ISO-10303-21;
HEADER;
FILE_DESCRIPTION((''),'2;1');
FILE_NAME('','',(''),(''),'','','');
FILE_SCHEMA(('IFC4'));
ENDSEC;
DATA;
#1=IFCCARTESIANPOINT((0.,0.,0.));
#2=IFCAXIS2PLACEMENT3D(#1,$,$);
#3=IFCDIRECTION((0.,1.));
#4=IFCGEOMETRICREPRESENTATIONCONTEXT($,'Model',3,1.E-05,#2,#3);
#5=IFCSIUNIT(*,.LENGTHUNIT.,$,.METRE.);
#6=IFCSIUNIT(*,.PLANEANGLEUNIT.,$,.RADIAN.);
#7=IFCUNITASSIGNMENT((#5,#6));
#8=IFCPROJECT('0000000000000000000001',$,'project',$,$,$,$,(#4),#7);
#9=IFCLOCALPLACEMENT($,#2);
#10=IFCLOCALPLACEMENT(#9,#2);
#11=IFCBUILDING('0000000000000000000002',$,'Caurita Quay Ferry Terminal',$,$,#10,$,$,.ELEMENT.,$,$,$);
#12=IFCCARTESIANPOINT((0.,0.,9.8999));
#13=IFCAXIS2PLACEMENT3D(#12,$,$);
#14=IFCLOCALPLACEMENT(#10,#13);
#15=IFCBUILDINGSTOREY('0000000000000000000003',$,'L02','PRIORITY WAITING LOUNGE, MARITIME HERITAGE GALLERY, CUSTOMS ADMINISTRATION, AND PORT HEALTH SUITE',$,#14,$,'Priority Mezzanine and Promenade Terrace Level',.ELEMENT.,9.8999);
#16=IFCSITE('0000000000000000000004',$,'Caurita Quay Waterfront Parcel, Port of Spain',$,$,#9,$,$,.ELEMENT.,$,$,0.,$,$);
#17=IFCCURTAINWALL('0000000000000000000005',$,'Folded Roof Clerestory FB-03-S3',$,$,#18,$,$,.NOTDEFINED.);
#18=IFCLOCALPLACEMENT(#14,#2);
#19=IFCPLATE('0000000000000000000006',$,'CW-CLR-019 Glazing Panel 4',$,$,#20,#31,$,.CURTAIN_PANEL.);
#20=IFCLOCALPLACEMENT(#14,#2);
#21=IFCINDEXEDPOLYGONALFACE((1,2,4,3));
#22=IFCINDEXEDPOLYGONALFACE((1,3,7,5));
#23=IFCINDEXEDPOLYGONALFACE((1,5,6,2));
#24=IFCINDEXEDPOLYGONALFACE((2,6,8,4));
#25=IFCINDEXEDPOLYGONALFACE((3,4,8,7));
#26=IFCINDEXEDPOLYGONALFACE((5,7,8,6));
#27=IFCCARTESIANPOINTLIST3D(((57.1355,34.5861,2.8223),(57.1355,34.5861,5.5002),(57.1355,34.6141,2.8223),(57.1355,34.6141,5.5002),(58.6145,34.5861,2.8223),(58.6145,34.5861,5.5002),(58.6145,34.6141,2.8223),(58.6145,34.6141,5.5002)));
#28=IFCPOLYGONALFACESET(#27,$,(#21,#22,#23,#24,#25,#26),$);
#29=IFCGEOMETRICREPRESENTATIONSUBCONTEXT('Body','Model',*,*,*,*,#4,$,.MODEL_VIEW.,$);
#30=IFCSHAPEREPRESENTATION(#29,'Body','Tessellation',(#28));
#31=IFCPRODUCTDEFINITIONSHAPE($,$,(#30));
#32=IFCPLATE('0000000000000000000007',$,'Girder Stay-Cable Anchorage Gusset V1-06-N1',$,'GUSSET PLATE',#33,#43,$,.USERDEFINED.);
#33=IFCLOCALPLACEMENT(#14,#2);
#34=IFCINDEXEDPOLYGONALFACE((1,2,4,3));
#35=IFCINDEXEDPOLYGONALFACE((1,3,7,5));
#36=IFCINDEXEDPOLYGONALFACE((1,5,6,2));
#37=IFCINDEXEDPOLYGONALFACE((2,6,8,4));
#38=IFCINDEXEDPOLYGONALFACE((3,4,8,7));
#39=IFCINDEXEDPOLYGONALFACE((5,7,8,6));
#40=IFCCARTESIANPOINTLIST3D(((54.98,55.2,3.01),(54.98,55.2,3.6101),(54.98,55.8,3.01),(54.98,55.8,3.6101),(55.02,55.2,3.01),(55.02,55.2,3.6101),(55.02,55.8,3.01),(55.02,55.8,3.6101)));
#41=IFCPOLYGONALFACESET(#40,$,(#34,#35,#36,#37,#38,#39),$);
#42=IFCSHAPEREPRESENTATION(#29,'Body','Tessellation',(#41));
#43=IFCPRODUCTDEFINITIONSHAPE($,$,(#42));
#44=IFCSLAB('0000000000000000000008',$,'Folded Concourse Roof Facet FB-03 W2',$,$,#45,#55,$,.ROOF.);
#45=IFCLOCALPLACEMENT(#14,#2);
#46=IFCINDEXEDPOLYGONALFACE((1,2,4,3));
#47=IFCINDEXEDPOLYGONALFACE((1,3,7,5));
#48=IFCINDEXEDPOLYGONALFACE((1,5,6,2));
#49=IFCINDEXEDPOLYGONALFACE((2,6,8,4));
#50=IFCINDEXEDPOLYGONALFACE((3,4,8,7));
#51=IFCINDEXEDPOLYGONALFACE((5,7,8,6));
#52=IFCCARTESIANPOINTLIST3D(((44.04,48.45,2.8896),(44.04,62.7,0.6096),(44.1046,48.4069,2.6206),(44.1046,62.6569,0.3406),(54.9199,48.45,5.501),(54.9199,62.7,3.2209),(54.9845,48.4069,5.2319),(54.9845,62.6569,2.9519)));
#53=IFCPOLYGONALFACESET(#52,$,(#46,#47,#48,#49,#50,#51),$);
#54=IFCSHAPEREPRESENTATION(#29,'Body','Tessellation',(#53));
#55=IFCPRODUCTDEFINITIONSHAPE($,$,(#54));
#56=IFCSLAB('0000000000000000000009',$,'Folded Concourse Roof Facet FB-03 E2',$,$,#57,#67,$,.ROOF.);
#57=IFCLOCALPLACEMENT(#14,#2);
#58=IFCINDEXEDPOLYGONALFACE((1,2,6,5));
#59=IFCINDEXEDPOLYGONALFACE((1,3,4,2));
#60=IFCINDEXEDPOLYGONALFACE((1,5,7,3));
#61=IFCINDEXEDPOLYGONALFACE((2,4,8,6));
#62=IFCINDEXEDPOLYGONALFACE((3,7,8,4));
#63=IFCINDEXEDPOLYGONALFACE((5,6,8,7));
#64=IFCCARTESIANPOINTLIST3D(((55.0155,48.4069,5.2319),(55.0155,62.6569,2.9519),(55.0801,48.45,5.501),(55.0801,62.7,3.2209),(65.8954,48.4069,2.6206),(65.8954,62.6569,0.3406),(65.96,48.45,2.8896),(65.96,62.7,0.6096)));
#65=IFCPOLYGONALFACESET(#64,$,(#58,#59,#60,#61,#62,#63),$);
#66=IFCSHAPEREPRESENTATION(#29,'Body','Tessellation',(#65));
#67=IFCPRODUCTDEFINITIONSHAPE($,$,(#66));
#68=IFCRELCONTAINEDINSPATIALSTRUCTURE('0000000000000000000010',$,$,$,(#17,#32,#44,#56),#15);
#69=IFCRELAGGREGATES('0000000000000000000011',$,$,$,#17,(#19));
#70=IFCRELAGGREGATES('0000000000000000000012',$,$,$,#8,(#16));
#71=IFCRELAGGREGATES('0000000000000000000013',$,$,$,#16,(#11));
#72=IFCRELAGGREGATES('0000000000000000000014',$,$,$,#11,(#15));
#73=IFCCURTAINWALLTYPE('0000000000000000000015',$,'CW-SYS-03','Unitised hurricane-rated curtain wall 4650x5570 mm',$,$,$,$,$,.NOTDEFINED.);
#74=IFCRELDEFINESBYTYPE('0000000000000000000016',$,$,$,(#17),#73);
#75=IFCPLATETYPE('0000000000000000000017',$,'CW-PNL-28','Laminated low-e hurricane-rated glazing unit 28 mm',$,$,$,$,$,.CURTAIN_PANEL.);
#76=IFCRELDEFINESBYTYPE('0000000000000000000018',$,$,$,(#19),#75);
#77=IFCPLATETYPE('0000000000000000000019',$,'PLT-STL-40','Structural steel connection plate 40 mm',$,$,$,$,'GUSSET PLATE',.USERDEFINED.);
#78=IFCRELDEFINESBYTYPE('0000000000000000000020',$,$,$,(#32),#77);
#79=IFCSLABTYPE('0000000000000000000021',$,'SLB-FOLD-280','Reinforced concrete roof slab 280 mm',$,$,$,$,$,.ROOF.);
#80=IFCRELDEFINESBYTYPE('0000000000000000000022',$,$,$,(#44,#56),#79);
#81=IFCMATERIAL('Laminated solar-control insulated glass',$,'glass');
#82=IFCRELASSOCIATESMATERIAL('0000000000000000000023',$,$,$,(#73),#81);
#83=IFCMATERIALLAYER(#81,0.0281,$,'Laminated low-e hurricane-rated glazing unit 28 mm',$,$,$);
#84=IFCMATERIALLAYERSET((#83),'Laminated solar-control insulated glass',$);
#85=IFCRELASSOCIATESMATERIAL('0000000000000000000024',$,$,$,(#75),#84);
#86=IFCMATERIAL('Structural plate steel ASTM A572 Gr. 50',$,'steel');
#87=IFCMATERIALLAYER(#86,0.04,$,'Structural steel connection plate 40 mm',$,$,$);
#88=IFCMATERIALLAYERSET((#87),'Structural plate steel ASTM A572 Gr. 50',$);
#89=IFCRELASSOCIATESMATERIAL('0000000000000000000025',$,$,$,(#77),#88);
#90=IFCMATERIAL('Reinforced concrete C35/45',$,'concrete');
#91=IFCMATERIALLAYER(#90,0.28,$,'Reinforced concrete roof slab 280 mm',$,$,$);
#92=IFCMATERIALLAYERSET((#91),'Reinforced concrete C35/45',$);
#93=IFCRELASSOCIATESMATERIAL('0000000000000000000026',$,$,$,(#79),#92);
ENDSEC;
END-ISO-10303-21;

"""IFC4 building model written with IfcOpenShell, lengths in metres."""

from ifc_helpers import new_model, si_unit, direction, frame, origin, origin_2d, place, context, subcontext, project, spatial, polyline, rectangle, outline, extrude, material, layer, layer_set, type_object, element, aggregate, save


model = new_model("IFC4")

# Units and contexts
model_context = context("Model", 3, precision=1e-05, world=origin(), true_north=direction((0.0, 1.0)))
body_context = subcontext(model_context, "Body", "Model", "MODEL_VIEW")
ifc_project = project(units=[si_unit("LENGTHUNIT", "METRE"), si_unit("PLANEANGLEUNIT", "RADIAN")], contexts=[model_context])

# Site, building, storey
site_placement = place(None, origin())
site = spatial("IfcSite", under=ifc_project, at=site_placement, Name="Caurita Quay Waterfront Parcel, Port of Spain", CompositionType="ELEMENT", RefElevation=0.0)
building_placement = place(site_placement, origin())
building = spatial("IfcBuilding", under=site, at=building_placement, Name="Caurita Quay Ferry Terminal", CompositionType="ELEMENT")
storey_placement = place(building_placement, frame((0.0, 0.0, 9.8999)))
storey = spatial("IfcBuildingStorey", under=building, at=storey_placement, Name="L02", Description="PRIORITY WAITING LOUNGE, MARITIME HERITAGE GALLERY, CUSTOMS ADMINISTRATION, AND PORT HEALTH SUITE", LongName="Priority Mezzanine and Promenade Terrace Level", CompositionType="ELEMENT", Elevation=9.8999)

# Curtain wall
ifc_material_1 = material(Name="Laminated solar-control insulated glass", Category="glass")
curtain_wall_type = type_object("IfcCurtainWallType", Name="CW-SYS-03", Description="Unitised hurricane-rated curtain wall 4650x5570 mm", PredefinedType="NOTDEFINED", material=ifc_material_1)
curtain_wall_placement = place(storey_placement, origin())
curtain_wall = element("IfcCurtainWall", 1, at=curtain_wall_placement, inside=storey, type_object=curtain_wall_type, Name="Folded Roof Clerestory FB-03-S3", PredefinedType="NOTDEFINED")

# Plates
ifc_layer_1 = layer(ifc_material_1, 0.0281, Name="Laminated low-e hurricane-rated glazing unit 28 mm")
ifc_layer_set_1 = layer_set([ifc_layer_1], Name="Laminated solar-control insulated glass")
plate_type_1 = type_object("IfcPlateType", Name="CW-PNL-28", Description="Laminated low-e hurricane-rated glazing unit 28 mm", PredefinedType="CURTAIN_PANEL", material=ifc_layer_set_1)
plate_1_placement = place(storey_placement, frame((57.875, 34.6001, 2.8223), z_axis=(0.0, 0.0, 1.0), x_axis=(1.0, 0.0, 0.0)))
plate_1 = element("IfcPlate", 2, at=plate_1_placement, type_object=plate_type_1, Name="CW-CLR-019 Glazing Panel 4", PredefinedType="CURTAIN_PANEL", context=body_context, shape_type="SweptSolid", body=[
    extrude(rectangle(XDim=1.479, YDim=0.0281, at=origin_2d()), origin(), (0.0, 0.0, 1.0), 2.678),
])
aggregate(curtain_wall, [plate_1])
ifc_material_2 = material(Name="Structural plate steel ASTM A572 Gr. 50", Category="steel")
ifc_layer_2 = layer(ifc_material_2, 0.04, Name="Structural steel connection plate 40 mm")
ifc_layer_set_2 = layer_set([ifc_layer_2], Name="Structural plate steel ASTM A572 Gr. 50")
plate_type_2 = type_object("IfcPlateType", Name="PLT-STL-40", Description="Structural steel connection plate 40 mm", ElementType="GUSSET PLATE", PredefinedType="USERDEFINED", material=ifc_layer_set_2)
plate_2_placement = place(storey_placement, frame((55.0, 55.5, 3.01), z_axis=(0.0, 0.0, 1.0), x_axis=(1.0, 0.0, 0.0)))
element("IfcPlate", 3, at=plate_2_placement, inside=storey, type_object=plate_type_2, Name="Girder Stay-Cable Anchorage Gusset V1-06-N1", ObjectType="GUSSET PLATE", PredefinedType="USERDEFINED", context=body_context, shape_type="SweptSolid", body=[
    extrude(rectangle(XDim=0.04, YDim=0.6001, at=origin_2d()), origin(), (0.0, 0.0, 1.0), 0.6001),
])

# Slabs
ifc_material_3 = material(Name="Reinforced concrete C35/45", Category="concrete")
ifc_layer_3 = layer(ifc_material_3, 0.28, Name="Reinforced concrete roof slab 280 mm")
ifc_layer_set_3 = layer_set([ifc_layer_3], Name="Reinforced concrete C35/45")
slab_type = type_object("IfcSlabType", Name="SLB-FOLD-280", Description="Reinforced concrete roof slab 280 mm", PredefinedType="ROOF", material=ifc_layer_set_3)
slab_1_placement = place(storey_placement, frame((44.04, 48.45, 2.8896), z_axis=(-0.230612, 0.153734, 0.960825), x_axis=(0.972384, 0.0, 0.233386)))
element("IfcSlab", 4, at=slab_1_placement, inside=storey, type_object=slab_type, Name="Folded Concourse Roof Facet FB-03 W2", PredefinedType="ROOF", context=body_context, shape_type="SweptSolid", body=[
    extrude(outline(polyline([(0.0, 0.0), (11.1889, 0.0), (10.6567, 14.4214), (-0.5321, 14.4214), (0.0, 0.0)])), origin(), (0.0, 0.0, -1.0), 0.28),
])
slab_2_placement = place(storey_placement, frame((55.0801, 48.45, 5.501), z_axis=(0.230612, 0.153734, 0.960825), x_axis=(0.972384, 0.0, -0.233386)))
element("IfcSlab", 5, at=slab_2_placement, inside=storey, type_object=slab_type, Name="Folded Concourse Roof Facet FB-03 E2", PredefinedType="ROOF", context=body_context, shape_type="SweptSolid", body=[
    extrude(outline(polyline([(0.0, 0.0), (11.1889, 0.0), (11.721, 14.4214), (0.5321, 14.4214), (0.0, 0.0)])), origin(), (0.0, 0.0, -1.0), 0.28),
])

save(model, "model.ifc")
